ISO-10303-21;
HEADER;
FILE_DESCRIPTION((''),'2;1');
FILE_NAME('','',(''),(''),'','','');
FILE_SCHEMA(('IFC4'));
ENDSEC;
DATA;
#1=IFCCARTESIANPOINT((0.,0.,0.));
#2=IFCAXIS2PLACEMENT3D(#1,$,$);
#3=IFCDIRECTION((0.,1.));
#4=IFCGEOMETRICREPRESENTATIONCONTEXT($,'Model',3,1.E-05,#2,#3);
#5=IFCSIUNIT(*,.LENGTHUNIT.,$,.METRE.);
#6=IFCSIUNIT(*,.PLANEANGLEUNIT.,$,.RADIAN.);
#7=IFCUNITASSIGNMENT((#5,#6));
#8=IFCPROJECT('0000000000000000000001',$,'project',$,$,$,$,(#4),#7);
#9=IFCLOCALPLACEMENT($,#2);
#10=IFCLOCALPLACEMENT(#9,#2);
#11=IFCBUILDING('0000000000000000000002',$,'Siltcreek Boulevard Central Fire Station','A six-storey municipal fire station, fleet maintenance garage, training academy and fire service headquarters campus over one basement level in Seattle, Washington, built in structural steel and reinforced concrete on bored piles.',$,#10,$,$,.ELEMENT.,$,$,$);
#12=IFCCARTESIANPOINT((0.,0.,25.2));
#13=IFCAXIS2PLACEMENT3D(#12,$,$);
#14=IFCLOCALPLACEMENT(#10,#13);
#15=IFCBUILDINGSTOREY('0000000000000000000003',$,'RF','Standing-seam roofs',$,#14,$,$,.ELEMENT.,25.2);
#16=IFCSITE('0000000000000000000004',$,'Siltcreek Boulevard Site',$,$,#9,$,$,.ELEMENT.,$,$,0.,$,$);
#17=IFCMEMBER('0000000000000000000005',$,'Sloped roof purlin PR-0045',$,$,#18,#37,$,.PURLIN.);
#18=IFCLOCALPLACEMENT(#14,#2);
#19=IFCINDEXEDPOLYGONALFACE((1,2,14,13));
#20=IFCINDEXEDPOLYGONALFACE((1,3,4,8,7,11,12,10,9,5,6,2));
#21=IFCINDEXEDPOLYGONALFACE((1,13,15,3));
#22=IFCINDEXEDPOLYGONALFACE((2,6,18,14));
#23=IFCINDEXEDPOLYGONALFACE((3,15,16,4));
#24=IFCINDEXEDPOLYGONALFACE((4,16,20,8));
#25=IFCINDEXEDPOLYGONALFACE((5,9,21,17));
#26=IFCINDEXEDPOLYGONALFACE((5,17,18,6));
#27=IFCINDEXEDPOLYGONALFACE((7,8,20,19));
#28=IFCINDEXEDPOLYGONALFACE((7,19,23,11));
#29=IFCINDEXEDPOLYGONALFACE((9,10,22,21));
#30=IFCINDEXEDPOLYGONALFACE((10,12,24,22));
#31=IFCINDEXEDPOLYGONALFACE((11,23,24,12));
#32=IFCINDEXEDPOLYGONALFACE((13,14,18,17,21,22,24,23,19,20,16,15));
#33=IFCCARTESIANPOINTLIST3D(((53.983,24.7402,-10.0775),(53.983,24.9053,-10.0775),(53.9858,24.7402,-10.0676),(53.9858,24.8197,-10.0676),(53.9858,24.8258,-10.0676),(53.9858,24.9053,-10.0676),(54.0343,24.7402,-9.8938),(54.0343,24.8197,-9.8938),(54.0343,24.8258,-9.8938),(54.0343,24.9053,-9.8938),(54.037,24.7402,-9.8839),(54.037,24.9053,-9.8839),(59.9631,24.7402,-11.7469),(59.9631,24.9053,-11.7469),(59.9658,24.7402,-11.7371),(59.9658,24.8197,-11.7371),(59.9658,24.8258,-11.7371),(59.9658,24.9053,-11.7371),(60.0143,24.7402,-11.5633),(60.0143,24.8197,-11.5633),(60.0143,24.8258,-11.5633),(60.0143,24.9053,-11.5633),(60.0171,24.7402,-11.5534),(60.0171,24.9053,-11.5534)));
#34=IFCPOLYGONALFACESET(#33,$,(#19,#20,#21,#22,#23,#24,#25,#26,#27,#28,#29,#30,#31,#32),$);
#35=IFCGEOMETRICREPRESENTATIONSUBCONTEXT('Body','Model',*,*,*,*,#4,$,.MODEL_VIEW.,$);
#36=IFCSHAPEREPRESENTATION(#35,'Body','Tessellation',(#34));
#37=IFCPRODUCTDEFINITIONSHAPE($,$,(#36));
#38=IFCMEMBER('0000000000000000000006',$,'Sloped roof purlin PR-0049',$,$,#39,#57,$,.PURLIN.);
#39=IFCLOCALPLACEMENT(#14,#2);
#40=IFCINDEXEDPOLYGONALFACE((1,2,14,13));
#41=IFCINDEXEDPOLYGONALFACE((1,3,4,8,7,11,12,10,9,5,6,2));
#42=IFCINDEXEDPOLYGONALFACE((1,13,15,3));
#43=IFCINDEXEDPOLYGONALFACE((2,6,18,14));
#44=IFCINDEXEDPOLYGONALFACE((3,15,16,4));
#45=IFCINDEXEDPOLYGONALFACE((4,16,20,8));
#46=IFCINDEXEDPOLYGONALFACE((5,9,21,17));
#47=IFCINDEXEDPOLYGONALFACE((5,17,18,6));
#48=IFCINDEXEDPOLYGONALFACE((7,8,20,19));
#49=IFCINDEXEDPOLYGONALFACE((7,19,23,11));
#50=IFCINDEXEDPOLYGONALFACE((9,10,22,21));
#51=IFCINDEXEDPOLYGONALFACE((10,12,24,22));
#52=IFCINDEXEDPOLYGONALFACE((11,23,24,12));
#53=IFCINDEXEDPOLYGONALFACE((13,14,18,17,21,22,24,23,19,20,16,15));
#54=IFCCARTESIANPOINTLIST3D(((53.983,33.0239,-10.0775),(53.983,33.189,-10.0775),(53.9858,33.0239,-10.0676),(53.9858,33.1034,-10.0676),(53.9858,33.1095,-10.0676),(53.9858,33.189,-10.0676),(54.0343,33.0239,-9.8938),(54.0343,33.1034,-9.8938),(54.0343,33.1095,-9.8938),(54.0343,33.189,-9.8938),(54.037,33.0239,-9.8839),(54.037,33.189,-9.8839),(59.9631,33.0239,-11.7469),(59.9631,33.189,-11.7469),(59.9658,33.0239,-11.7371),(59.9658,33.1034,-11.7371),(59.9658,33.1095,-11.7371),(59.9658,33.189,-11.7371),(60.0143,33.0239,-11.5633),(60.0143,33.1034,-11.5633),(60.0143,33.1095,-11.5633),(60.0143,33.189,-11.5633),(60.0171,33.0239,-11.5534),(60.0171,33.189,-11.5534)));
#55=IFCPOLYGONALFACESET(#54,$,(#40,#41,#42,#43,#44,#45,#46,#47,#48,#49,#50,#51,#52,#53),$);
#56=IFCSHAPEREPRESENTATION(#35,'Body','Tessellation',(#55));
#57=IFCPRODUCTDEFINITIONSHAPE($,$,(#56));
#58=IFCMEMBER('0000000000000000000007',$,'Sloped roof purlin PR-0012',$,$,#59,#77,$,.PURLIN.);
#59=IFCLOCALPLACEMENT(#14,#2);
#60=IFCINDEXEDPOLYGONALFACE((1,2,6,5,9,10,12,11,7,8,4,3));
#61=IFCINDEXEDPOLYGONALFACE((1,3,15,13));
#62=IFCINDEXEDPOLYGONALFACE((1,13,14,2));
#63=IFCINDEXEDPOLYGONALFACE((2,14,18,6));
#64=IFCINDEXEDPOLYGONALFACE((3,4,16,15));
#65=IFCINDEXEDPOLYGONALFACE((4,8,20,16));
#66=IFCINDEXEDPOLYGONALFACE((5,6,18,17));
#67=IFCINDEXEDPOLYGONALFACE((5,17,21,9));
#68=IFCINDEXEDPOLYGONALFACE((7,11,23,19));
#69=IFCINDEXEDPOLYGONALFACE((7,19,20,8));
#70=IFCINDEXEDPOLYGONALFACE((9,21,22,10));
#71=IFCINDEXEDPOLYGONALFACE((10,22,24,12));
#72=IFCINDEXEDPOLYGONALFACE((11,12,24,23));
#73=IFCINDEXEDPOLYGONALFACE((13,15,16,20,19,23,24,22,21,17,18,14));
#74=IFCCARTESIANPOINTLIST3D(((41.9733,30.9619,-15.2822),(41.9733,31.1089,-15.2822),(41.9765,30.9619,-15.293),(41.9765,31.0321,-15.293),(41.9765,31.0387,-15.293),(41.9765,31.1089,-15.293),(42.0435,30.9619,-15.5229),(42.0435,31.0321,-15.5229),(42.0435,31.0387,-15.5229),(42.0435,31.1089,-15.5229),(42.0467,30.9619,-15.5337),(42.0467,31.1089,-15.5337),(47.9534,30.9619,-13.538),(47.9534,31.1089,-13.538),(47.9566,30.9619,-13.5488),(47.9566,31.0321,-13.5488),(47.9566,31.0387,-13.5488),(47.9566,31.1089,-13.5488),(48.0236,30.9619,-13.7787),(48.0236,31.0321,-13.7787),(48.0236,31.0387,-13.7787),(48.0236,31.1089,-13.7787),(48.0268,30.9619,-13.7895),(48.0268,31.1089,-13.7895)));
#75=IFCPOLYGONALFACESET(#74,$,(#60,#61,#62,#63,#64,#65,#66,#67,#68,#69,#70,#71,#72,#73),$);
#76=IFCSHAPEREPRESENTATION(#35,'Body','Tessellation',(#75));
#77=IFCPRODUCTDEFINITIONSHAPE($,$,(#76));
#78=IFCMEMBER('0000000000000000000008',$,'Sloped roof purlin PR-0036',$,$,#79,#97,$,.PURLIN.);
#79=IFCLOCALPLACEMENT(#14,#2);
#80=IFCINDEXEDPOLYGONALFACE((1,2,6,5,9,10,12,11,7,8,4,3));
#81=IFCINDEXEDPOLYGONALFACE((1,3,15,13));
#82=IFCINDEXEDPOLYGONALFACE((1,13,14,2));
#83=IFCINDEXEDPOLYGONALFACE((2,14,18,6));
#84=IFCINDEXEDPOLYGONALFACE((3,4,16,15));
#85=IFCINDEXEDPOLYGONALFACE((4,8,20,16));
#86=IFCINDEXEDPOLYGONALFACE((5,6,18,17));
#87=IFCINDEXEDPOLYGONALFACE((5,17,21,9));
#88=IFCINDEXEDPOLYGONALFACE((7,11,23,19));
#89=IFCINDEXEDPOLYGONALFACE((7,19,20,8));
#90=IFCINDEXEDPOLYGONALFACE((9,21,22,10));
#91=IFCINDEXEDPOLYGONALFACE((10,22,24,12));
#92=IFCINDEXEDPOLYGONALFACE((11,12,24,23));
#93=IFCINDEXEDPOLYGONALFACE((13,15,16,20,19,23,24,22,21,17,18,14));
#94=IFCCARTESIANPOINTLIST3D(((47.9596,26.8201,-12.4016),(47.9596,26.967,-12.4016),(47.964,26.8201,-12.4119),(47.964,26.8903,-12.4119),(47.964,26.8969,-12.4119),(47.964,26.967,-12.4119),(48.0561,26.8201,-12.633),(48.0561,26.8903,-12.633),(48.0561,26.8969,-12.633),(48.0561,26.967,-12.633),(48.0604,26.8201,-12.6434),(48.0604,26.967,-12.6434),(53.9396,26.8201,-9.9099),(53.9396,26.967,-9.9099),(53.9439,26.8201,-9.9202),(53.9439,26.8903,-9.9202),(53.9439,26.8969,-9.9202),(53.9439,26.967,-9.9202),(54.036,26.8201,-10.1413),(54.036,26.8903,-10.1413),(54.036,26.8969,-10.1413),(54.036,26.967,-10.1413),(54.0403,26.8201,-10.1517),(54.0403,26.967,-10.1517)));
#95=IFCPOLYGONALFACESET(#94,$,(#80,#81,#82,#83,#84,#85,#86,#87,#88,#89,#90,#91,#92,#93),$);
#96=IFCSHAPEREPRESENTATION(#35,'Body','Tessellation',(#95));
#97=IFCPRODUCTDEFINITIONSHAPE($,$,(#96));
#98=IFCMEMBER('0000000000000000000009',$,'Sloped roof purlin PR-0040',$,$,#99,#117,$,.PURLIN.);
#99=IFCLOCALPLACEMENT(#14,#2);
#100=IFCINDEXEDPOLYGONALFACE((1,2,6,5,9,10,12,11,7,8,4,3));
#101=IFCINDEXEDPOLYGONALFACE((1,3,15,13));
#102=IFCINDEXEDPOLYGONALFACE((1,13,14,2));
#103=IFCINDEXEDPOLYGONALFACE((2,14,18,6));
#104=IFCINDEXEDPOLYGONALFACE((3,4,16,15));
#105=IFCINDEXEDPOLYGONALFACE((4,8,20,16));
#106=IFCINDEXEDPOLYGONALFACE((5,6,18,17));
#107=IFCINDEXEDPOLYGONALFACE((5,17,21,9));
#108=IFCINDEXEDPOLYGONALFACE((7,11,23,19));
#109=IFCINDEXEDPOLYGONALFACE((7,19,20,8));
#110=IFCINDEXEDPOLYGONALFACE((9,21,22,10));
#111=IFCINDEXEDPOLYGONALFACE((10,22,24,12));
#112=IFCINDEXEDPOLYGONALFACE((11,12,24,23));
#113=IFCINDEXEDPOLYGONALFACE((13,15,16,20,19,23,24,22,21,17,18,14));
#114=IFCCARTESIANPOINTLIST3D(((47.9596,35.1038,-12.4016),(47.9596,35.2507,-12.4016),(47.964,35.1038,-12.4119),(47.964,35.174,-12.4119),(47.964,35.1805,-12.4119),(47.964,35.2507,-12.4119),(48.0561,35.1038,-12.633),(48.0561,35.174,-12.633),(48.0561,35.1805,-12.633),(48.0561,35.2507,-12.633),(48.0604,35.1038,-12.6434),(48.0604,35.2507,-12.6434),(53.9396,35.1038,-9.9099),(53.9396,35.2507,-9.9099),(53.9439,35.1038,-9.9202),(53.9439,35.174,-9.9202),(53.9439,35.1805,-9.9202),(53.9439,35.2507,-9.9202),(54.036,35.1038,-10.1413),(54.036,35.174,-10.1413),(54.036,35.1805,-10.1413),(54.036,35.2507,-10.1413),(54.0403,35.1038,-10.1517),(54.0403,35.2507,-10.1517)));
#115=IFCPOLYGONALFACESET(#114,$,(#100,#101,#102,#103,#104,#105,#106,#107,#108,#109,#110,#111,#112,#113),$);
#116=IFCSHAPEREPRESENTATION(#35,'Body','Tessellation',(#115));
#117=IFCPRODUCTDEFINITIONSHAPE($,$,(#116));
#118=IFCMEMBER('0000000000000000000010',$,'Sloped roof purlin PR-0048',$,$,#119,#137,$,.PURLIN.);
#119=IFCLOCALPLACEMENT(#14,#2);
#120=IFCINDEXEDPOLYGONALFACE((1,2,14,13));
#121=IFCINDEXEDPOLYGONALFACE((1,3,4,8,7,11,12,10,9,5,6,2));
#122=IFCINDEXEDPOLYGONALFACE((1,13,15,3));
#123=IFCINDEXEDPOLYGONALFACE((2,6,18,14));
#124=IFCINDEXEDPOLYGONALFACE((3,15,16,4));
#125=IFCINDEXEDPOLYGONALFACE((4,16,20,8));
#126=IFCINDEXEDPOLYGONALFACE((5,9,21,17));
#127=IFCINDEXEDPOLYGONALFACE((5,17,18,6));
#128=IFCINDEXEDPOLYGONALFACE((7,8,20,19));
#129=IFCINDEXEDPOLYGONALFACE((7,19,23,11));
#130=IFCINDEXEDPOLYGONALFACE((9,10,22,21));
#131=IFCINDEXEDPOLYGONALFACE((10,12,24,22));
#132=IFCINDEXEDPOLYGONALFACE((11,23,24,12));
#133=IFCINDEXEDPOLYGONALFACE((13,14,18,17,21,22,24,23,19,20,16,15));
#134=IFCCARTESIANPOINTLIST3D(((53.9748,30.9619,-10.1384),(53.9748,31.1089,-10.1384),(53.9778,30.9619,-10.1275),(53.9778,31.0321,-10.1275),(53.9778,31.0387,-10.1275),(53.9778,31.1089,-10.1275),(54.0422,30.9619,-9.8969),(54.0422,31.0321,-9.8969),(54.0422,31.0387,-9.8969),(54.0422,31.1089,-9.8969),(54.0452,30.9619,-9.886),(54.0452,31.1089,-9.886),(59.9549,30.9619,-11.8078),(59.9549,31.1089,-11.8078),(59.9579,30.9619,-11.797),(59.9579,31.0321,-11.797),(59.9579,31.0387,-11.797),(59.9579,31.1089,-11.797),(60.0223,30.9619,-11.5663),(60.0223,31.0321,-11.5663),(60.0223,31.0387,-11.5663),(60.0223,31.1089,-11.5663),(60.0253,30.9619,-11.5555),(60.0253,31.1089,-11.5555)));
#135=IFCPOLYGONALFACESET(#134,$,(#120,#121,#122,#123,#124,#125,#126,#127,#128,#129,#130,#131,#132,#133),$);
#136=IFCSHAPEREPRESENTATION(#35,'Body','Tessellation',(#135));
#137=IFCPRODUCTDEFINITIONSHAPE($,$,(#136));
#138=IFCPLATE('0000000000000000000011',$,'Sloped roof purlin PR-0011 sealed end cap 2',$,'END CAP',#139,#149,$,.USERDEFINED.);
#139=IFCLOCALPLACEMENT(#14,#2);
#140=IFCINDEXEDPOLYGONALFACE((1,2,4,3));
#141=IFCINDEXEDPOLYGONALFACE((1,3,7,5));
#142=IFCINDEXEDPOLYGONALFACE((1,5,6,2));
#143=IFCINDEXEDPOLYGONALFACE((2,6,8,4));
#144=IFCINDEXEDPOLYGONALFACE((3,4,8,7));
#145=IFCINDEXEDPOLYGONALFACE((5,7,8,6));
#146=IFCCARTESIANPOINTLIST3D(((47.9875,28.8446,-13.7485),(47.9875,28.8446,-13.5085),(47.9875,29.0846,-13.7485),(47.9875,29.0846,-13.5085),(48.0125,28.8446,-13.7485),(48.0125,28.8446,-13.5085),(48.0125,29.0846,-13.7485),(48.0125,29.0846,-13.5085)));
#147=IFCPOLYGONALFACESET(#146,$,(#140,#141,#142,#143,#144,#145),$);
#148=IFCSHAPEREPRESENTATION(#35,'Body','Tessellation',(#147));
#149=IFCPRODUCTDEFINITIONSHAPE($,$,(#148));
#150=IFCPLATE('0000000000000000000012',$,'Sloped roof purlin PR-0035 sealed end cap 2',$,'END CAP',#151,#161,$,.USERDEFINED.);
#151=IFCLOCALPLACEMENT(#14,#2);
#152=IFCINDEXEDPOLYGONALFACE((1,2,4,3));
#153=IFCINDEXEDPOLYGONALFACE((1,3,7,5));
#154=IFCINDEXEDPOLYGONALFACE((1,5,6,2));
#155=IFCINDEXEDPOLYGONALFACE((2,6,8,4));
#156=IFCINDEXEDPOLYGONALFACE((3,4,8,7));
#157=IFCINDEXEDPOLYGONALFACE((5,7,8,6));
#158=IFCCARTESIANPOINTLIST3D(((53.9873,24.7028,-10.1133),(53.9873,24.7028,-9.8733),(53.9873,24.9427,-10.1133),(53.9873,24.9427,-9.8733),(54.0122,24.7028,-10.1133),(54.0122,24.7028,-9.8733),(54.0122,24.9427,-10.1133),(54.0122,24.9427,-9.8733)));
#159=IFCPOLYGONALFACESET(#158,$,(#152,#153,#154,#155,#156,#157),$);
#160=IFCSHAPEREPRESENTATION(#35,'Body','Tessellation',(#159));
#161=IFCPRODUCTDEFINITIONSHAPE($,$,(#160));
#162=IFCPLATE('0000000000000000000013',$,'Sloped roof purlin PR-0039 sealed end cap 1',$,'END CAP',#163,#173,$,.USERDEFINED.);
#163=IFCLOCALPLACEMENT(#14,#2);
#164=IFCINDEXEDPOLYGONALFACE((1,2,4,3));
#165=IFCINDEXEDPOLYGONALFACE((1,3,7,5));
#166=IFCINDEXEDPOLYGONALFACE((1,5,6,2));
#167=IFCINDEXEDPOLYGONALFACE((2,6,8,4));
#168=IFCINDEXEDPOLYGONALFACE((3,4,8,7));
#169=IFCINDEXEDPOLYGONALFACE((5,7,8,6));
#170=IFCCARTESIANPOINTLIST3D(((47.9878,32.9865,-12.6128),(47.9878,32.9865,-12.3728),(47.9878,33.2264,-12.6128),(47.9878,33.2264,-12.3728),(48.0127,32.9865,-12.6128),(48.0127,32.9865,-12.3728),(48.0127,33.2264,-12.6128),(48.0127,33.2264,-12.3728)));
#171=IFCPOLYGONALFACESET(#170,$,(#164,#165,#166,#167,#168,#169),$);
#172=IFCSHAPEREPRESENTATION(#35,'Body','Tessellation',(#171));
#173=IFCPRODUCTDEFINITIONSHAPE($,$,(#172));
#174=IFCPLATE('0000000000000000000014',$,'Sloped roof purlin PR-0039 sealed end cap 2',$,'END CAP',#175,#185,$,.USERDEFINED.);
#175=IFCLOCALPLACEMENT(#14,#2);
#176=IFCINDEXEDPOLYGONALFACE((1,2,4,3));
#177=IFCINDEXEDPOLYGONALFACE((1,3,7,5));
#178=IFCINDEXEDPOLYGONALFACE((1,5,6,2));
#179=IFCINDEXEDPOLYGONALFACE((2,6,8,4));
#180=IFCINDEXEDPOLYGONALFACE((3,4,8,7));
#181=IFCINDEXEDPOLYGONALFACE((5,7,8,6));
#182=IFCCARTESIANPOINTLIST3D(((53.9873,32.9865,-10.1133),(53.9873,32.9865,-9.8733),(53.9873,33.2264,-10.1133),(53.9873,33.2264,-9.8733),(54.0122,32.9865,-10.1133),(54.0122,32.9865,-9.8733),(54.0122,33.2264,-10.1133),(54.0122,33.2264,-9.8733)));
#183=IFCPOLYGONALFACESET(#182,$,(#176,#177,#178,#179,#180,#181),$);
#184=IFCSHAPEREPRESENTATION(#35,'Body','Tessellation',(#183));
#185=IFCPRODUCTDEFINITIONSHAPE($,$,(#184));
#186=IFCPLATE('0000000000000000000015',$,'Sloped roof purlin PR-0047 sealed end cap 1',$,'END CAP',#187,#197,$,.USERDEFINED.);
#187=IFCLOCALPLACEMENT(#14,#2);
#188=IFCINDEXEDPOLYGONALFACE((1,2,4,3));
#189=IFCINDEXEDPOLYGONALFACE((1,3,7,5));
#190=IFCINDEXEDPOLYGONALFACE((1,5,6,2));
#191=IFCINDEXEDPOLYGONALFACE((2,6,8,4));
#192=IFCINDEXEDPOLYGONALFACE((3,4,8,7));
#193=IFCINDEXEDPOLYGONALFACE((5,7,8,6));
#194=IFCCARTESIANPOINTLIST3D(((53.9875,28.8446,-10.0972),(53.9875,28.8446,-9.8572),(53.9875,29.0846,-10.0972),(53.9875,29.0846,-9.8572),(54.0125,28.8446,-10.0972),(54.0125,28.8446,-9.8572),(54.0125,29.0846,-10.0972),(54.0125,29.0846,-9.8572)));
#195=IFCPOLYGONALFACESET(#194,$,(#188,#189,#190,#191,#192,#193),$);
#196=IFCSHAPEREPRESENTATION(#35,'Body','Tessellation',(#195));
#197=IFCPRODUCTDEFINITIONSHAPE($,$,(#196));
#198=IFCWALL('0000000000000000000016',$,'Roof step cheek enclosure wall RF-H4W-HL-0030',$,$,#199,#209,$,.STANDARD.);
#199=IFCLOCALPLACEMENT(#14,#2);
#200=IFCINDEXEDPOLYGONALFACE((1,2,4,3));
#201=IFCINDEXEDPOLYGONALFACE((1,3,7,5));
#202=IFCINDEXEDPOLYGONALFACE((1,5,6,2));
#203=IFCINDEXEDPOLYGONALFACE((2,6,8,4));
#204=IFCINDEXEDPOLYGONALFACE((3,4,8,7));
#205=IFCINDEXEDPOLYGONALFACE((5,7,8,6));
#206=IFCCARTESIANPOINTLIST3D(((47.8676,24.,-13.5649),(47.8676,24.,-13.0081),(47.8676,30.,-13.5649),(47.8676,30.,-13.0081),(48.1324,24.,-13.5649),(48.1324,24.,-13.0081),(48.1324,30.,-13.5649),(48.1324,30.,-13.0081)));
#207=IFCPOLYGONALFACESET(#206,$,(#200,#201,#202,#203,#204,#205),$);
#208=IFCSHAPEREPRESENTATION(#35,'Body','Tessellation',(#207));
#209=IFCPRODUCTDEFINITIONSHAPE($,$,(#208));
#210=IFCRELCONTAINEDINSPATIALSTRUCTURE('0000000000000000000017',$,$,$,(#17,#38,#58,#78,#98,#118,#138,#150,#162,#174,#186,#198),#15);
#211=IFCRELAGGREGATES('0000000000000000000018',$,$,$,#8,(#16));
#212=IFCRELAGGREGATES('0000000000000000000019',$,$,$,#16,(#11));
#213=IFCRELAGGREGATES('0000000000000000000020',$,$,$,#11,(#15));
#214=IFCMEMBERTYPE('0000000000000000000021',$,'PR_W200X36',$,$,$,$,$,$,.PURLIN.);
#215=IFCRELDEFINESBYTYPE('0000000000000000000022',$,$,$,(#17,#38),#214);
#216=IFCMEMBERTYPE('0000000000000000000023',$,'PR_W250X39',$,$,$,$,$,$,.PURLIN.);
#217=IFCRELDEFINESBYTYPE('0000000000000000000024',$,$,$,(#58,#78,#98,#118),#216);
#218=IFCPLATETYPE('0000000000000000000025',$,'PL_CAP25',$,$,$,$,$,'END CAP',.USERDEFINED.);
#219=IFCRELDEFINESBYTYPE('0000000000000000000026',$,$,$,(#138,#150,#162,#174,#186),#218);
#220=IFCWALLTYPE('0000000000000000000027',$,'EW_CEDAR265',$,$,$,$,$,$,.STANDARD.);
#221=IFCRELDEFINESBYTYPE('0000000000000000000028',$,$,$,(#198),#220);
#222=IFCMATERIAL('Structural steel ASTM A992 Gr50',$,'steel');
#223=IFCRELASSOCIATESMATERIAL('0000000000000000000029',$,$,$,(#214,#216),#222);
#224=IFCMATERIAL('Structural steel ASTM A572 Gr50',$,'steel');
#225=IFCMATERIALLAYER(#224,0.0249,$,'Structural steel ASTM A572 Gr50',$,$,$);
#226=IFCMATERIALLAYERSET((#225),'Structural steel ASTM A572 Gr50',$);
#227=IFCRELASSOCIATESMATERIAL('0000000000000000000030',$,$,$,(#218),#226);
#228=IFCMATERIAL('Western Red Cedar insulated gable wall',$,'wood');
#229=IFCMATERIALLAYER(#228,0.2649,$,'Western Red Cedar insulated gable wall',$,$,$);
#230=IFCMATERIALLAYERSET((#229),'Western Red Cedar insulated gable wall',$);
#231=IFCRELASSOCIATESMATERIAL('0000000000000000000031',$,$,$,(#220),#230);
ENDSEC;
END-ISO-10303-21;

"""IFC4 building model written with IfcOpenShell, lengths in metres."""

from ifc_helpers import new_model, si_unit, direction, frame, frame_2d, origin, origin_2d, place, context, subcontext, project, spatial, rectangle, i_section, extrude, material, layer, layer_set, material_profile, profile_set, type_object, element, save


model = new_model("IFC4")

# Units and contexts
model_context = context("Model", 3, precision=1e-05, world=origin(), true_north=direction((0.0, 1.0)))
body_context = subcontext(model_context, "Body", "Model", "MODEL_VIEW")
ifc_project = project(units=[si_unit("LENGTHUNIT", "METRE"), si_unit("PLANEANGLEUNIT", "RADIAN")], contexts=[model_context])

# Site, building, storey
site_placement = place(None, origin())
site = spatial("IfcSite", under=ifc_project, at=site_placement, Name="Siltcreek Boulevard Site", CompositionType="ELEMENT", RefElevation=0.0)
building_placement = place(site_placement, origin())
building = spatial("IfcBuilding", under=site, at=building_placement, Name="Siltcreek Boulevard Central Fire Station", Description="A six-storey municipal fire station, fleet maintenance garage, training academy and fire service headquarters campus over one basement level in Seattle, Washington, built in structural steel and reinforced concrete on bored piles.", CompositionType="ELEMENT")
storey_placement = place(building_placement, frame((0.0, 0.0, 25.2)))
storey = spatial("IfcBuildingStorey", under=building, at=storey_placement, Name="RF", Description="Standing-seam roofs", CompositionType="ELEMENT", Elevation=25.2)

# Members
ifc_material_1 = material(Name="Structural steel ASTM A992 Gr50", Category="steel")
ifc_material_profile_1 = material_profile(ifc_material_1, i_section(OverallWidth=0.165, OverallDepth=0.2009, WebThickness=0.0061, FlangeThickness=0.0103, at=origin_2d()), Name="W200X36")
ifc_profile_set_1 = profile_set([ifc_material_profile_1], Name="Structural steel ASTM A992 Gr50")
member_type_1 = type_object("IfcMemberType", Name="PR_W200X36", PredefinedType="PURLIN", material=ifc_profile_set_1)
for number, where, z_axis, x_axis, name in (
    (1, (54.01, 24.8228, -9.9807), (0.963171, 0.0, -0.268889), (0.0, 1.0, 0.0), "Sloped roof purlin PR-0045"),
    (2, (54.01, 33.1064, -9.9807), (0.963171, 0.0, -0.268889), (0.0, 1.0, 0.0), "Sloped roof purlin PR-0049"),
):
    element("IfcMember", number, at=place(storey_placement, frame(where, z_axis=z_axis, x_axis=x_axis)), inside=storey, type_object=member_type_1, Name=name, PredefinedType="PURLIN", context=body_context, shape_type="SweptSolid", body=[
        extrude(i_section(OverallWidth=0.165, OverallDepth=0.2009, WebThickness=0.0061, FlangeThickness=0.0103, at=origin_2d()), origin(), (0.0, 0.0, 1.0), 6.2087),
    ])
ifc_material_profile_2 = material_profile(ifc_material_1, i_section(OverallWidth=0.147, OverallDepth=0.262, WebThickness=0.0066, FlangeThickness=0.0112, at=origin_2d()), Name="W250X39")
ifc_profile_set_2 = profile_set([ifc_material_profile_2], Name="Structural steel ASTM A992 Gr50")
member_type_2 = type_object("IfcMemberType", Name="PR_W250X39", PredefinedType="PURLIN", material=ifc_profile_set_2)
member_1_placement = place(storey_placement, frame((42.01, 31.0354, -15.408), z_axis=(0.960001, 0.0, 0.279997), x_axis=(0.0, 1.0, 0.0)))
element("IfcMember", 3, at=member_1_placement, inside=storey, type_object=member_type_2, Name="Sloped roof purlin PR-0012", PredefinedType="PURLIN", context=body_context, shape_type="SweptSolid", body=[
    extrude(i_section(OverallWidth=0.147, OverallDepth=0.262, WebThickness=0.0066, FlangeThickness=0.0112, at=origin_2d()), origin(), (0.0, 0.0, 1.0), 6.2292),
])
for number, where, z_axis, x_axis, name in (
    (4, (48.01, 26.8936, -12.5225), (0.923075, 0.0, 0.384621), (0.0, 1.0, 0.0), "Sloped roof purlin PR-0036"),
    (5, (48.01, 35.1772, -12.5225), (0.923075, 0.0, 0.384621), (0.0, 1.0, 0.0), "Sloped roof purlin PR-0040"),
):
    element("IfcMember", number, at=place(storey_placement, frame(where, z_axis=z_axis, x_axis=x_axis)), inside=storey, type_object=member_type_2, Name=name, PredefinedType="PURLIN", context=body_context, shape_type="SweptSolid", body=[
        extrude(i_section(OverallWidth=0.147, OverallDepth=0.262, WebThickness=0.0066, FlangeThickness=0.0112, at=origin_2d()), origin(), (0.0, 0.0, 1.0), 6.4783),
    ])
member_2_placement = place(storey_placement, frame((54.01, 31.0354, -10.0122), z_axis=(0.963171, 0.0, -0.268889), x_axis=(0.0, 1.0, 0.0)))
element("IfcMember", 6, at=member_2_placement, inside=storey, type_object=member_type_2, Name="Sloped roof purlin PR-0048", PredefinedType="PURLIN", context=body_context, shape_type="SweptSolid", body=[
    extrude(i_section(OverallWidth=0.147, OverallDepth=0.262, WebThickness=0.0066, FlangeThickness=0.0112, at=origin_2d()), origin(), (0.0, 0.0, 1.0), 6.2087),
])

# Plates
ifc_material_2 = material(Name="Structural steel ASTM A572 Gr50", Category="steel")
ifc_layer_1 = layer(ifc_material_2, 0.0249, Name="Structural steel ASTM A572 Gr50")
ifc_layer_set_1 = layer_set([ifc_layer_1], Name="Structural steel ASTM A572 Gr50")
plate_type = type_object("IfcPlateType", Name="PL_CAP25", ElementType="END CAP", PredefinedType="USERDEFINED", material=ifc_layer_set_1)
for number, where, z_axis, x_axis, name in (
    (7, (48.0, 28.9646, -13.7485), (0.0, 0.0, 1.0), (1.0, 0.0, 0.0), "Sloped roof purlin PR-0011 sealed end cap 2"),
    (8, (53.9998, 24.8228, -10.1133), (0.0, 0.0, 1.0), (1.0, 0.0, 0.0), "Sloped roof purlin PR-0035 sealed end cap 2"),
    (9, (48.0002, 33.1064, -12.6128), (0.0, 0.0, 1.0), (1.0, 0.0, 0.0), "Sloped roof purlin PR-0039 sealed end cap 1"),
    (10, (53.9998, 33.1064, -10.1133), (0.0, 0.0, 1.0), (1.0, 0.0, 0.0), "Sloped roof purlin PR-0039 sealed end cap 2"),
    (11, (54.0, 28.9646, -10.0972), (0.0, 0.0, 1.0), (1.0, 0.0, 0.0), "Sloped roof purlin PR-0047 sealed end cap 1"),
):
    element("IfcPlate", number, at=place(storey_placement, frame(where, z_axis=z_axis, x_axis=x_axis)), inside=storey, type_object=plate_type, Name=name, ObjectType="END CAP", PredefinedType="USERDEFINED", context=body_context, shape_type="SweptSolid", body=[
        extrude(rectangle(XDim=0.0249, YDim=0.24, at=origin_2d()), origin(), (0.0, 0.0, 1.0), 0.24),
    ])

# Wall
ifc_material_3 = material(Name="Western Red Cedar insulated gable wall", Category="wood")
ifc_layer_2 = layer(ifc_material_3, 0.2649, Name="Western Red Cedar insulated gable wall")
ifc_layer_set_2 = layer_set([ifc_layer_2], Name="Western Red Cedar insulated gable wall")
wall_type = type_object("IfcWallType", Name="EW_CEDAR265", PredefinedType="STANDARD", material=ifc_layer_set_2)
wall_placement = place(storey_placement, frame((48.0, 30.0, -13.5649), z_axis=(0.0, 0.0, 1.0), x_axis=(0.0, -1.0, 0.0)))
element("IfcWall", 12, at=wall_placement, inside=storey, type_object=wall_type, Name="Roof step cheek enclosure wall RF-H4W-HL-0030", PredefinedType="STANDARD", context=body_context, shape_type="SweptSolid", body=[
    extrude(rectangle(XDim=6.0, YDim=0.2649, at=frame_2d((3.0, 0.0))), origin(), (0.0, 0.0, 1.0), 0.5569),
])

save(model, "model.ifc")
